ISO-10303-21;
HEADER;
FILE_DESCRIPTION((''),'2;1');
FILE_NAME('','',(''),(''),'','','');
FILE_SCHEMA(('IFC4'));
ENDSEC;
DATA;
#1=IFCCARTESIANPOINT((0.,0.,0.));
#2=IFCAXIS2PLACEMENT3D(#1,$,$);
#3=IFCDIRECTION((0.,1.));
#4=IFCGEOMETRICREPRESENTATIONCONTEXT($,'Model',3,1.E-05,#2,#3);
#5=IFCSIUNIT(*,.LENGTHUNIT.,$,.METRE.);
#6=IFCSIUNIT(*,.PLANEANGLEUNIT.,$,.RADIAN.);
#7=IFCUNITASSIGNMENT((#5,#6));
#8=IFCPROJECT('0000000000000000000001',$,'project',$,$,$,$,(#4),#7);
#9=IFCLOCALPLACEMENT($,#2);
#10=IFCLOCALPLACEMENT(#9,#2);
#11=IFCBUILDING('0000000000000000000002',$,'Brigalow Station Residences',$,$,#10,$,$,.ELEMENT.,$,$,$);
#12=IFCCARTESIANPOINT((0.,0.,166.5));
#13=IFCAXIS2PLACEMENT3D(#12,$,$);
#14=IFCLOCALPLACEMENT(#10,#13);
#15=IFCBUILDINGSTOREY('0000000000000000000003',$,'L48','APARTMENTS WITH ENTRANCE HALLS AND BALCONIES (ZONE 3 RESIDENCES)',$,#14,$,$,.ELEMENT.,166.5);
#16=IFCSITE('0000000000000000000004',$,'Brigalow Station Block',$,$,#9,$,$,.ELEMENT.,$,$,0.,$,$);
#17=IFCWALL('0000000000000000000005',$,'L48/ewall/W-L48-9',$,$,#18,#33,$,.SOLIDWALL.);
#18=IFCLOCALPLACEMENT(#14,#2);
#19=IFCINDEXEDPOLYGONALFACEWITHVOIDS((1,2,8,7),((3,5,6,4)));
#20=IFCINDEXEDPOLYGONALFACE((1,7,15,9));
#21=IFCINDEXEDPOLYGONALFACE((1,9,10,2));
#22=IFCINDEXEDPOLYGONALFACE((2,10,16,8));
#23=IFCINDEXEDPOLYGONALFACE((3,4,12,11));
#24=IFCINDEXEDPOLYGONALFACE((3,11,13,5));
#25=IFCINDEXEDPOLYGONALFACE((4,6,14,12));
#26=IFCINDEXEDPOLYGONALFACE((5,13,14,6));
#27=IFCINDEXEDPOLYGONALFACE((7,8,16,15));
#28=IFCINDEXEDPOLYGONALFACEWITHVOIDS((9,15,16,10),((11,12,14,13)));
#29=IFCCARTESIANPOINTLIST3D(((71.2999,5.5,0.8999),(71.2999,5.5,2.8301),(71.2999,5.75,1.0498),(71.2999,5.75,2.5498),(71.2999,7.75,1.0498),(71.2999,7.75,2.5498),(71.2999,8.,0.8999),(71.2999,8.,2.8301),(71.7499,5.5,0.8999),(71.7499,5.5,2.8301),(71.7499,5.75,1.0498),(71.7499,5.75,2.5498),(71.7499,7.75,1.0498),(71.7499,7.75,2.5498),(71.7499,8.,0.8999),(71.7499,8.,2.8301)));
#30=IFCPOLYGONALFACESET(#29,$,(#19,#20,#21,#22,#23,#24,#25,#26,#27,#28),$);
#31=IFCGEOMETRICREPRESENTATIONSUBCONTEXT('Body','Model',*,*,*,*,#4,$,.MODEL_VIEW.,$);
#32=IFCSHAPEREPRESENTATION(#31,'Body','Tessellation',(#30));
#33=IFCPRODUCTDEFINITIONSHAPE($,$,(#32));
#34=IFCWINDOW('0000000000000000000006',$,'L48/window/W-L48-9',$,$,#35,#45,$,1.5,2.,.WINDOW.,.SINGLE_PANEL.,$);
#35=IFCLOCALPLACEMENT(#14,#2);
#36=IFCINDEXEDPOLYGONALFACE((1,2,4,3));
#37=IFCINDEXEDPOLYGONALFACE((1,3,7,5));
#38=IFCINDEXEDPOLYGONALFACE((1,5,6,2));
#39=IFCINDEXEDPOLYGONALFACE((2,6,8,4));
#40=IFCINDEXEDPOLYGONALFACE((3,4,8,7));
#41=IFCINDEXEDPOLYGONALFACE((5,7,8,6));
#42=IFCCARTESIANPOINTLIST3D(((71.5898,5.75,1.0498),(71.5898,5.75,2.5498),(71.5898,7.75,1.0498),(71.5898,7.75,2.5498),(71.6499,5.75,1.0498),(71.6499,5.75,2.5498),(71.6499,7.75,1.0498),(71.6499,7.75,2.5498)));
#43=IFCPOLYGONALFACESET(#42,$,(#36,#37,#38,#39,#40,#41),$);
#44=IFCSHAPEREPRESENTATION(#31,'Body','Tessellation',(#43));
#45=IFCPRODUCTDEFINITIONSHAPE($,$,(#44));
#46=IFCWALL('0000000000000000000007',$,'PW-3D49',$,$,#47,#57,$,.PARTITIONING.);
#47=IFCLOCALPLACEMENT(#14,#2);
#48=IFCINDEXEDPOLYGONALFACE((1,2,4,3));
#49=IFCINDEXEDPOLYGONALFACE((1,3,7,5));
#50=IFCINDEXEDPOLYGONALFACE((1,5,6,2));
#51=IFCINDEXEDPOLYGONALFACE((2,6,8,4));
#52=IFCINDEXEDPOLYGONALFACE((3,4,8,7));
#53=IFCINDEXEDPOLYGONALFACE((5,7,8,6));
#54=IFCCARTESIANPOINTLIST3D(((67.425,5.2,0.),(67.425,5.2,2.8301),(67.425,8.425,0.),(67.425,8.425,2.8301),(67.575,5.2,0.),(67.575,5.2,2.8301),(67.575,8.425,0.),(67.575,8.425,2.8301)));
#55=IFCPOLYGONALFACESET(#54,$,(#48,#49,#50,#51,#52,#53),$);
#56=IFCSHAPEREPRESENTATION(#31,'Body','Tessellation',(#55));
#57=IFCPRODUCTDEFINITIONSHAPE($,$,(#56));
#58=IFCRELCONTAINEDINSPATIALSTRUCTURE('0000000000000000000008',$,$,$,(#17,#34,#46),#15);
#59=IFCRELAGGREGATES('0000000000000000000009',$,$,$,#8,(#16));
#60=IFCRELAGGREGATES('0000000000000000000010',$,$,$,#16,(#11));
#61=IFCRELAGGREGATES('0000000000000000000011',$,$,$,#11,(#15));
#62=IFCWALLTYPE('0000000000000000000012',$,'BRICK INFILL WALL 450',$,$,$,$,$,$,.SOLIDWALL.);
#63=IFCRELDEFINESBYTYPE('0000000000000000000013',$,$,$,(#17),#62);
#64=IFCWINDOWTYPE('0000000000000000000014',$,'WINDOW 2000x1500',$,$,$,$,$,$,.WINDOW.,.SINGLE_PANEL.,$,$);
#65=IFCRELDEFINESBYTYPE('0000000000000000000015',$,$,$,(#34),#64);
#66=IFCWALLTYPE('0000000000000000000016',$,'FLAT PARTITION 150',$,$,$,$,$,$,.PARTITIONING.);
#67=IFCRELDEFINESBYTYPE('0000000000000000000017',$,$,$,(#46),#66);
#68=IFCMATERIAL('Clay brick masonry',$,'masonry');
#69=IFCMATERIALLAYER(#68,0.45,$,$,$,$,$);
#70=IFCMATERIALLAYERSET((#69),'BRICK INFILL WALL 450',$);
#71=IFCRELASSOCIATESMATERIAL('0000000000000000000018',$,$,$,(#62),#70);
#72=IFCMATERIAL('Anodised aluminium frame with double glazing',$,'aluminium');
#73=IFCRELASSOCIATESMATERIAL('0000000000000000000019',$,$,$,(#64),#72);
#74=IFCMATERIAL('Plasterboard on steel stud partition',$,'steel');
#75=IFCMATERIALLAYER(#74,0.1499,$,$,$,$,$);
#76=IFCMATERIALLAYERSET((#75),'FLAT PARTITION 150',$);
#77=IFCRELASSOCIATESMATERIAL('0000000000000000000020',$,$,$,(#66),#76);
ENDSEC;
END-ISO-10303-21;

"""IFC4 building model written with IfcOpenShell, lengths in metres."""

from ifc_helpers import new_model, si_unit, direction, frame, frame_2d, origin, place, context, subcontext, project, spatial, rectangle, extrude, material, layer, layer_set, type_object, element, fill, save


model = new_model("IFC4")

# Units and contexts
model_context = context("Model", 3, precision=1e-05, world=origin(), true_north=direction((0.0, 1.0)))
body_context = subcontext(model_context, "Body", "Model", "MODEL_VIEW")
ifc_project = project(units=[si_unit("LENGTHUNIT", "METRE"), si_unit("PLANEANGLEUNIT", "RADIAN")], contexts=[model_context])

# Site, building, storey
site_placement = place(None, origin())
site = spatial("IfcSite", under=ifc_project, at=site_placement, Name="Brigalow Station Block", CompositionType="ELEMENT", RefElevation=0.0)
building_placement = place(site_placement, origin())
building = spatial("IfcBuilding", under=site, at=building_placement, Name="Brigalow Station Residences", CompositionType="ELEMENT")
storey_placement = place(building_placement, frame((0.0, 0.0, 166.5)))
storey = spatial("IfcBuildingStorey", under=building, at=storey_placement, Name="L48", Description="APARTMENTS WITH ENTRANCE HALLS AND BALCONIES (ZONE 3 RESIDENCES)", CompositionType="ELEMENT", Elevation=166.5)

# Wall, opening, window
ifc_material_1 = material(Name="Clay brick masonry", Category="masonry")
ifc_layer_1 = layer(ifc_material_1, 0.45)
ifc_layer_set_1 = layer_set([ifc_layer_1], Name="BRICK INFILL WALL 450")
wall_type_1 = type_object("IfcWallType", Name="BRICK INFILL WALL 450", PredefinedType="SOLIDWALL", material=ifc_layer_set_1)
wall_1_placement = place(storey_placement, frame((71.5249, 5.5, 0.8999), z_axis=(0.0, 0.0, 1.0), x_axis=(0.0, 1.0, 0.0)))
wall_1 = element("IfcWall", 1, at=wall_1_placement, inside=storey, type_object=wall_type_1, Name="L48/ewall/W-L48-9", PredefinedType="SOLIDWALL", context=body_context, shape_type="SweptSolid", body=[
    extrude(rectangle(XDim=2.5, YDim=0.45, at=frame_2d((1.25, 0.0))), origin(), (0.0, 0.0, 1.0), 1.9302),
])
opening_1_placement = place(wall_1_placement, frame((0.25, 0.0, 0.1499)))
opening_1 = element("IfcOpeningElement", 2, at=opening_1_placement, cuts=wall_1, PredefinedType="OPENING", context=body_context, shape_type="SweptSolid", body=[
    extrude(rectangle(XDim=2.0, YDim=1.5, at=frame_2d((1.0, 0.75))), frame((0.0, 0.2349, 0.0), z_axis=(0.0, -1.0, 0.0), x_axis=(1.0, 0.0, 0.0)), (0.0, 0.0, 1.0), 0.47),
])
ifc_material_2 = material(Name="Anodised aluminium frame with double glazing", Category="aluminium")
window_type_1 = type_object("IfcWindowType", Name="WINDOW 2000x1500", PartitioningType="SINGLE_PANEL", PredefinedType="WINDOW", material=ifc_material_2)
window_1_placement = place(opening_1_placement, origin())
window_1 = element("IfcWindow", 3, at=window_1_placement, inside=storey, type_object=window_type_1, Name="L48/window/W-L48-9", OverallHeight=1.5, OverallWidth=2.0, PartitioningType="SINGLE_PANEL", PredefinedType="WINDOW", context=body_context, shape_type="SweptSolid", body=[
    extrude(rectangle(XDim=2.0, YDim=1.5, at=frame_2d((1.0, 0.75))), frame((0.0, -0.0649, 0.0), z_axis=(0.0, -1.0, 0.0), x_axis=(1.0, 0.0, 0.0)), (0.0, 0.0, 1.0), 0.0601),
])
fill(opening_1, window_1)

# Wall
ifc_material_3 = material(Name="Plasterboard on steel stud partition", Category="steel")
ifc_layer_2 = layer(ifc_material_3, 0.1499)
ifc_layer_set_2 = layer_set([ifc_layer_2], Name="FLAT PARTITION 150")
wall_type_2 = type_object("IfcWallType", Name="FLAT PARTITION 150", PredefinedType="PARTITIONING", material=ifc_layer_set_2)
wall_2_placement = place(storey_placement, frame((67.5, 5.2, 0.0), z_axis=(0.0, 0.0, 1.0), x_axis=(0.0, 1.0, 0.0)))
element("IfcWall", 4, at=wall_2_placement, inside=storey, type_object=wall_type_2, Name="PW-3D49", PredefinedType="PARTITIONING", context=body_context, shape_type="SweptSolid", body=[
    extrude(rectangle(XDim=3.2251, YDim=0.1499, at=frame_2d((1.6125, 0.0))), origin(), (0.0, 0.0, 1.0), 2.8301),
])

save(model, "model.ifc")
